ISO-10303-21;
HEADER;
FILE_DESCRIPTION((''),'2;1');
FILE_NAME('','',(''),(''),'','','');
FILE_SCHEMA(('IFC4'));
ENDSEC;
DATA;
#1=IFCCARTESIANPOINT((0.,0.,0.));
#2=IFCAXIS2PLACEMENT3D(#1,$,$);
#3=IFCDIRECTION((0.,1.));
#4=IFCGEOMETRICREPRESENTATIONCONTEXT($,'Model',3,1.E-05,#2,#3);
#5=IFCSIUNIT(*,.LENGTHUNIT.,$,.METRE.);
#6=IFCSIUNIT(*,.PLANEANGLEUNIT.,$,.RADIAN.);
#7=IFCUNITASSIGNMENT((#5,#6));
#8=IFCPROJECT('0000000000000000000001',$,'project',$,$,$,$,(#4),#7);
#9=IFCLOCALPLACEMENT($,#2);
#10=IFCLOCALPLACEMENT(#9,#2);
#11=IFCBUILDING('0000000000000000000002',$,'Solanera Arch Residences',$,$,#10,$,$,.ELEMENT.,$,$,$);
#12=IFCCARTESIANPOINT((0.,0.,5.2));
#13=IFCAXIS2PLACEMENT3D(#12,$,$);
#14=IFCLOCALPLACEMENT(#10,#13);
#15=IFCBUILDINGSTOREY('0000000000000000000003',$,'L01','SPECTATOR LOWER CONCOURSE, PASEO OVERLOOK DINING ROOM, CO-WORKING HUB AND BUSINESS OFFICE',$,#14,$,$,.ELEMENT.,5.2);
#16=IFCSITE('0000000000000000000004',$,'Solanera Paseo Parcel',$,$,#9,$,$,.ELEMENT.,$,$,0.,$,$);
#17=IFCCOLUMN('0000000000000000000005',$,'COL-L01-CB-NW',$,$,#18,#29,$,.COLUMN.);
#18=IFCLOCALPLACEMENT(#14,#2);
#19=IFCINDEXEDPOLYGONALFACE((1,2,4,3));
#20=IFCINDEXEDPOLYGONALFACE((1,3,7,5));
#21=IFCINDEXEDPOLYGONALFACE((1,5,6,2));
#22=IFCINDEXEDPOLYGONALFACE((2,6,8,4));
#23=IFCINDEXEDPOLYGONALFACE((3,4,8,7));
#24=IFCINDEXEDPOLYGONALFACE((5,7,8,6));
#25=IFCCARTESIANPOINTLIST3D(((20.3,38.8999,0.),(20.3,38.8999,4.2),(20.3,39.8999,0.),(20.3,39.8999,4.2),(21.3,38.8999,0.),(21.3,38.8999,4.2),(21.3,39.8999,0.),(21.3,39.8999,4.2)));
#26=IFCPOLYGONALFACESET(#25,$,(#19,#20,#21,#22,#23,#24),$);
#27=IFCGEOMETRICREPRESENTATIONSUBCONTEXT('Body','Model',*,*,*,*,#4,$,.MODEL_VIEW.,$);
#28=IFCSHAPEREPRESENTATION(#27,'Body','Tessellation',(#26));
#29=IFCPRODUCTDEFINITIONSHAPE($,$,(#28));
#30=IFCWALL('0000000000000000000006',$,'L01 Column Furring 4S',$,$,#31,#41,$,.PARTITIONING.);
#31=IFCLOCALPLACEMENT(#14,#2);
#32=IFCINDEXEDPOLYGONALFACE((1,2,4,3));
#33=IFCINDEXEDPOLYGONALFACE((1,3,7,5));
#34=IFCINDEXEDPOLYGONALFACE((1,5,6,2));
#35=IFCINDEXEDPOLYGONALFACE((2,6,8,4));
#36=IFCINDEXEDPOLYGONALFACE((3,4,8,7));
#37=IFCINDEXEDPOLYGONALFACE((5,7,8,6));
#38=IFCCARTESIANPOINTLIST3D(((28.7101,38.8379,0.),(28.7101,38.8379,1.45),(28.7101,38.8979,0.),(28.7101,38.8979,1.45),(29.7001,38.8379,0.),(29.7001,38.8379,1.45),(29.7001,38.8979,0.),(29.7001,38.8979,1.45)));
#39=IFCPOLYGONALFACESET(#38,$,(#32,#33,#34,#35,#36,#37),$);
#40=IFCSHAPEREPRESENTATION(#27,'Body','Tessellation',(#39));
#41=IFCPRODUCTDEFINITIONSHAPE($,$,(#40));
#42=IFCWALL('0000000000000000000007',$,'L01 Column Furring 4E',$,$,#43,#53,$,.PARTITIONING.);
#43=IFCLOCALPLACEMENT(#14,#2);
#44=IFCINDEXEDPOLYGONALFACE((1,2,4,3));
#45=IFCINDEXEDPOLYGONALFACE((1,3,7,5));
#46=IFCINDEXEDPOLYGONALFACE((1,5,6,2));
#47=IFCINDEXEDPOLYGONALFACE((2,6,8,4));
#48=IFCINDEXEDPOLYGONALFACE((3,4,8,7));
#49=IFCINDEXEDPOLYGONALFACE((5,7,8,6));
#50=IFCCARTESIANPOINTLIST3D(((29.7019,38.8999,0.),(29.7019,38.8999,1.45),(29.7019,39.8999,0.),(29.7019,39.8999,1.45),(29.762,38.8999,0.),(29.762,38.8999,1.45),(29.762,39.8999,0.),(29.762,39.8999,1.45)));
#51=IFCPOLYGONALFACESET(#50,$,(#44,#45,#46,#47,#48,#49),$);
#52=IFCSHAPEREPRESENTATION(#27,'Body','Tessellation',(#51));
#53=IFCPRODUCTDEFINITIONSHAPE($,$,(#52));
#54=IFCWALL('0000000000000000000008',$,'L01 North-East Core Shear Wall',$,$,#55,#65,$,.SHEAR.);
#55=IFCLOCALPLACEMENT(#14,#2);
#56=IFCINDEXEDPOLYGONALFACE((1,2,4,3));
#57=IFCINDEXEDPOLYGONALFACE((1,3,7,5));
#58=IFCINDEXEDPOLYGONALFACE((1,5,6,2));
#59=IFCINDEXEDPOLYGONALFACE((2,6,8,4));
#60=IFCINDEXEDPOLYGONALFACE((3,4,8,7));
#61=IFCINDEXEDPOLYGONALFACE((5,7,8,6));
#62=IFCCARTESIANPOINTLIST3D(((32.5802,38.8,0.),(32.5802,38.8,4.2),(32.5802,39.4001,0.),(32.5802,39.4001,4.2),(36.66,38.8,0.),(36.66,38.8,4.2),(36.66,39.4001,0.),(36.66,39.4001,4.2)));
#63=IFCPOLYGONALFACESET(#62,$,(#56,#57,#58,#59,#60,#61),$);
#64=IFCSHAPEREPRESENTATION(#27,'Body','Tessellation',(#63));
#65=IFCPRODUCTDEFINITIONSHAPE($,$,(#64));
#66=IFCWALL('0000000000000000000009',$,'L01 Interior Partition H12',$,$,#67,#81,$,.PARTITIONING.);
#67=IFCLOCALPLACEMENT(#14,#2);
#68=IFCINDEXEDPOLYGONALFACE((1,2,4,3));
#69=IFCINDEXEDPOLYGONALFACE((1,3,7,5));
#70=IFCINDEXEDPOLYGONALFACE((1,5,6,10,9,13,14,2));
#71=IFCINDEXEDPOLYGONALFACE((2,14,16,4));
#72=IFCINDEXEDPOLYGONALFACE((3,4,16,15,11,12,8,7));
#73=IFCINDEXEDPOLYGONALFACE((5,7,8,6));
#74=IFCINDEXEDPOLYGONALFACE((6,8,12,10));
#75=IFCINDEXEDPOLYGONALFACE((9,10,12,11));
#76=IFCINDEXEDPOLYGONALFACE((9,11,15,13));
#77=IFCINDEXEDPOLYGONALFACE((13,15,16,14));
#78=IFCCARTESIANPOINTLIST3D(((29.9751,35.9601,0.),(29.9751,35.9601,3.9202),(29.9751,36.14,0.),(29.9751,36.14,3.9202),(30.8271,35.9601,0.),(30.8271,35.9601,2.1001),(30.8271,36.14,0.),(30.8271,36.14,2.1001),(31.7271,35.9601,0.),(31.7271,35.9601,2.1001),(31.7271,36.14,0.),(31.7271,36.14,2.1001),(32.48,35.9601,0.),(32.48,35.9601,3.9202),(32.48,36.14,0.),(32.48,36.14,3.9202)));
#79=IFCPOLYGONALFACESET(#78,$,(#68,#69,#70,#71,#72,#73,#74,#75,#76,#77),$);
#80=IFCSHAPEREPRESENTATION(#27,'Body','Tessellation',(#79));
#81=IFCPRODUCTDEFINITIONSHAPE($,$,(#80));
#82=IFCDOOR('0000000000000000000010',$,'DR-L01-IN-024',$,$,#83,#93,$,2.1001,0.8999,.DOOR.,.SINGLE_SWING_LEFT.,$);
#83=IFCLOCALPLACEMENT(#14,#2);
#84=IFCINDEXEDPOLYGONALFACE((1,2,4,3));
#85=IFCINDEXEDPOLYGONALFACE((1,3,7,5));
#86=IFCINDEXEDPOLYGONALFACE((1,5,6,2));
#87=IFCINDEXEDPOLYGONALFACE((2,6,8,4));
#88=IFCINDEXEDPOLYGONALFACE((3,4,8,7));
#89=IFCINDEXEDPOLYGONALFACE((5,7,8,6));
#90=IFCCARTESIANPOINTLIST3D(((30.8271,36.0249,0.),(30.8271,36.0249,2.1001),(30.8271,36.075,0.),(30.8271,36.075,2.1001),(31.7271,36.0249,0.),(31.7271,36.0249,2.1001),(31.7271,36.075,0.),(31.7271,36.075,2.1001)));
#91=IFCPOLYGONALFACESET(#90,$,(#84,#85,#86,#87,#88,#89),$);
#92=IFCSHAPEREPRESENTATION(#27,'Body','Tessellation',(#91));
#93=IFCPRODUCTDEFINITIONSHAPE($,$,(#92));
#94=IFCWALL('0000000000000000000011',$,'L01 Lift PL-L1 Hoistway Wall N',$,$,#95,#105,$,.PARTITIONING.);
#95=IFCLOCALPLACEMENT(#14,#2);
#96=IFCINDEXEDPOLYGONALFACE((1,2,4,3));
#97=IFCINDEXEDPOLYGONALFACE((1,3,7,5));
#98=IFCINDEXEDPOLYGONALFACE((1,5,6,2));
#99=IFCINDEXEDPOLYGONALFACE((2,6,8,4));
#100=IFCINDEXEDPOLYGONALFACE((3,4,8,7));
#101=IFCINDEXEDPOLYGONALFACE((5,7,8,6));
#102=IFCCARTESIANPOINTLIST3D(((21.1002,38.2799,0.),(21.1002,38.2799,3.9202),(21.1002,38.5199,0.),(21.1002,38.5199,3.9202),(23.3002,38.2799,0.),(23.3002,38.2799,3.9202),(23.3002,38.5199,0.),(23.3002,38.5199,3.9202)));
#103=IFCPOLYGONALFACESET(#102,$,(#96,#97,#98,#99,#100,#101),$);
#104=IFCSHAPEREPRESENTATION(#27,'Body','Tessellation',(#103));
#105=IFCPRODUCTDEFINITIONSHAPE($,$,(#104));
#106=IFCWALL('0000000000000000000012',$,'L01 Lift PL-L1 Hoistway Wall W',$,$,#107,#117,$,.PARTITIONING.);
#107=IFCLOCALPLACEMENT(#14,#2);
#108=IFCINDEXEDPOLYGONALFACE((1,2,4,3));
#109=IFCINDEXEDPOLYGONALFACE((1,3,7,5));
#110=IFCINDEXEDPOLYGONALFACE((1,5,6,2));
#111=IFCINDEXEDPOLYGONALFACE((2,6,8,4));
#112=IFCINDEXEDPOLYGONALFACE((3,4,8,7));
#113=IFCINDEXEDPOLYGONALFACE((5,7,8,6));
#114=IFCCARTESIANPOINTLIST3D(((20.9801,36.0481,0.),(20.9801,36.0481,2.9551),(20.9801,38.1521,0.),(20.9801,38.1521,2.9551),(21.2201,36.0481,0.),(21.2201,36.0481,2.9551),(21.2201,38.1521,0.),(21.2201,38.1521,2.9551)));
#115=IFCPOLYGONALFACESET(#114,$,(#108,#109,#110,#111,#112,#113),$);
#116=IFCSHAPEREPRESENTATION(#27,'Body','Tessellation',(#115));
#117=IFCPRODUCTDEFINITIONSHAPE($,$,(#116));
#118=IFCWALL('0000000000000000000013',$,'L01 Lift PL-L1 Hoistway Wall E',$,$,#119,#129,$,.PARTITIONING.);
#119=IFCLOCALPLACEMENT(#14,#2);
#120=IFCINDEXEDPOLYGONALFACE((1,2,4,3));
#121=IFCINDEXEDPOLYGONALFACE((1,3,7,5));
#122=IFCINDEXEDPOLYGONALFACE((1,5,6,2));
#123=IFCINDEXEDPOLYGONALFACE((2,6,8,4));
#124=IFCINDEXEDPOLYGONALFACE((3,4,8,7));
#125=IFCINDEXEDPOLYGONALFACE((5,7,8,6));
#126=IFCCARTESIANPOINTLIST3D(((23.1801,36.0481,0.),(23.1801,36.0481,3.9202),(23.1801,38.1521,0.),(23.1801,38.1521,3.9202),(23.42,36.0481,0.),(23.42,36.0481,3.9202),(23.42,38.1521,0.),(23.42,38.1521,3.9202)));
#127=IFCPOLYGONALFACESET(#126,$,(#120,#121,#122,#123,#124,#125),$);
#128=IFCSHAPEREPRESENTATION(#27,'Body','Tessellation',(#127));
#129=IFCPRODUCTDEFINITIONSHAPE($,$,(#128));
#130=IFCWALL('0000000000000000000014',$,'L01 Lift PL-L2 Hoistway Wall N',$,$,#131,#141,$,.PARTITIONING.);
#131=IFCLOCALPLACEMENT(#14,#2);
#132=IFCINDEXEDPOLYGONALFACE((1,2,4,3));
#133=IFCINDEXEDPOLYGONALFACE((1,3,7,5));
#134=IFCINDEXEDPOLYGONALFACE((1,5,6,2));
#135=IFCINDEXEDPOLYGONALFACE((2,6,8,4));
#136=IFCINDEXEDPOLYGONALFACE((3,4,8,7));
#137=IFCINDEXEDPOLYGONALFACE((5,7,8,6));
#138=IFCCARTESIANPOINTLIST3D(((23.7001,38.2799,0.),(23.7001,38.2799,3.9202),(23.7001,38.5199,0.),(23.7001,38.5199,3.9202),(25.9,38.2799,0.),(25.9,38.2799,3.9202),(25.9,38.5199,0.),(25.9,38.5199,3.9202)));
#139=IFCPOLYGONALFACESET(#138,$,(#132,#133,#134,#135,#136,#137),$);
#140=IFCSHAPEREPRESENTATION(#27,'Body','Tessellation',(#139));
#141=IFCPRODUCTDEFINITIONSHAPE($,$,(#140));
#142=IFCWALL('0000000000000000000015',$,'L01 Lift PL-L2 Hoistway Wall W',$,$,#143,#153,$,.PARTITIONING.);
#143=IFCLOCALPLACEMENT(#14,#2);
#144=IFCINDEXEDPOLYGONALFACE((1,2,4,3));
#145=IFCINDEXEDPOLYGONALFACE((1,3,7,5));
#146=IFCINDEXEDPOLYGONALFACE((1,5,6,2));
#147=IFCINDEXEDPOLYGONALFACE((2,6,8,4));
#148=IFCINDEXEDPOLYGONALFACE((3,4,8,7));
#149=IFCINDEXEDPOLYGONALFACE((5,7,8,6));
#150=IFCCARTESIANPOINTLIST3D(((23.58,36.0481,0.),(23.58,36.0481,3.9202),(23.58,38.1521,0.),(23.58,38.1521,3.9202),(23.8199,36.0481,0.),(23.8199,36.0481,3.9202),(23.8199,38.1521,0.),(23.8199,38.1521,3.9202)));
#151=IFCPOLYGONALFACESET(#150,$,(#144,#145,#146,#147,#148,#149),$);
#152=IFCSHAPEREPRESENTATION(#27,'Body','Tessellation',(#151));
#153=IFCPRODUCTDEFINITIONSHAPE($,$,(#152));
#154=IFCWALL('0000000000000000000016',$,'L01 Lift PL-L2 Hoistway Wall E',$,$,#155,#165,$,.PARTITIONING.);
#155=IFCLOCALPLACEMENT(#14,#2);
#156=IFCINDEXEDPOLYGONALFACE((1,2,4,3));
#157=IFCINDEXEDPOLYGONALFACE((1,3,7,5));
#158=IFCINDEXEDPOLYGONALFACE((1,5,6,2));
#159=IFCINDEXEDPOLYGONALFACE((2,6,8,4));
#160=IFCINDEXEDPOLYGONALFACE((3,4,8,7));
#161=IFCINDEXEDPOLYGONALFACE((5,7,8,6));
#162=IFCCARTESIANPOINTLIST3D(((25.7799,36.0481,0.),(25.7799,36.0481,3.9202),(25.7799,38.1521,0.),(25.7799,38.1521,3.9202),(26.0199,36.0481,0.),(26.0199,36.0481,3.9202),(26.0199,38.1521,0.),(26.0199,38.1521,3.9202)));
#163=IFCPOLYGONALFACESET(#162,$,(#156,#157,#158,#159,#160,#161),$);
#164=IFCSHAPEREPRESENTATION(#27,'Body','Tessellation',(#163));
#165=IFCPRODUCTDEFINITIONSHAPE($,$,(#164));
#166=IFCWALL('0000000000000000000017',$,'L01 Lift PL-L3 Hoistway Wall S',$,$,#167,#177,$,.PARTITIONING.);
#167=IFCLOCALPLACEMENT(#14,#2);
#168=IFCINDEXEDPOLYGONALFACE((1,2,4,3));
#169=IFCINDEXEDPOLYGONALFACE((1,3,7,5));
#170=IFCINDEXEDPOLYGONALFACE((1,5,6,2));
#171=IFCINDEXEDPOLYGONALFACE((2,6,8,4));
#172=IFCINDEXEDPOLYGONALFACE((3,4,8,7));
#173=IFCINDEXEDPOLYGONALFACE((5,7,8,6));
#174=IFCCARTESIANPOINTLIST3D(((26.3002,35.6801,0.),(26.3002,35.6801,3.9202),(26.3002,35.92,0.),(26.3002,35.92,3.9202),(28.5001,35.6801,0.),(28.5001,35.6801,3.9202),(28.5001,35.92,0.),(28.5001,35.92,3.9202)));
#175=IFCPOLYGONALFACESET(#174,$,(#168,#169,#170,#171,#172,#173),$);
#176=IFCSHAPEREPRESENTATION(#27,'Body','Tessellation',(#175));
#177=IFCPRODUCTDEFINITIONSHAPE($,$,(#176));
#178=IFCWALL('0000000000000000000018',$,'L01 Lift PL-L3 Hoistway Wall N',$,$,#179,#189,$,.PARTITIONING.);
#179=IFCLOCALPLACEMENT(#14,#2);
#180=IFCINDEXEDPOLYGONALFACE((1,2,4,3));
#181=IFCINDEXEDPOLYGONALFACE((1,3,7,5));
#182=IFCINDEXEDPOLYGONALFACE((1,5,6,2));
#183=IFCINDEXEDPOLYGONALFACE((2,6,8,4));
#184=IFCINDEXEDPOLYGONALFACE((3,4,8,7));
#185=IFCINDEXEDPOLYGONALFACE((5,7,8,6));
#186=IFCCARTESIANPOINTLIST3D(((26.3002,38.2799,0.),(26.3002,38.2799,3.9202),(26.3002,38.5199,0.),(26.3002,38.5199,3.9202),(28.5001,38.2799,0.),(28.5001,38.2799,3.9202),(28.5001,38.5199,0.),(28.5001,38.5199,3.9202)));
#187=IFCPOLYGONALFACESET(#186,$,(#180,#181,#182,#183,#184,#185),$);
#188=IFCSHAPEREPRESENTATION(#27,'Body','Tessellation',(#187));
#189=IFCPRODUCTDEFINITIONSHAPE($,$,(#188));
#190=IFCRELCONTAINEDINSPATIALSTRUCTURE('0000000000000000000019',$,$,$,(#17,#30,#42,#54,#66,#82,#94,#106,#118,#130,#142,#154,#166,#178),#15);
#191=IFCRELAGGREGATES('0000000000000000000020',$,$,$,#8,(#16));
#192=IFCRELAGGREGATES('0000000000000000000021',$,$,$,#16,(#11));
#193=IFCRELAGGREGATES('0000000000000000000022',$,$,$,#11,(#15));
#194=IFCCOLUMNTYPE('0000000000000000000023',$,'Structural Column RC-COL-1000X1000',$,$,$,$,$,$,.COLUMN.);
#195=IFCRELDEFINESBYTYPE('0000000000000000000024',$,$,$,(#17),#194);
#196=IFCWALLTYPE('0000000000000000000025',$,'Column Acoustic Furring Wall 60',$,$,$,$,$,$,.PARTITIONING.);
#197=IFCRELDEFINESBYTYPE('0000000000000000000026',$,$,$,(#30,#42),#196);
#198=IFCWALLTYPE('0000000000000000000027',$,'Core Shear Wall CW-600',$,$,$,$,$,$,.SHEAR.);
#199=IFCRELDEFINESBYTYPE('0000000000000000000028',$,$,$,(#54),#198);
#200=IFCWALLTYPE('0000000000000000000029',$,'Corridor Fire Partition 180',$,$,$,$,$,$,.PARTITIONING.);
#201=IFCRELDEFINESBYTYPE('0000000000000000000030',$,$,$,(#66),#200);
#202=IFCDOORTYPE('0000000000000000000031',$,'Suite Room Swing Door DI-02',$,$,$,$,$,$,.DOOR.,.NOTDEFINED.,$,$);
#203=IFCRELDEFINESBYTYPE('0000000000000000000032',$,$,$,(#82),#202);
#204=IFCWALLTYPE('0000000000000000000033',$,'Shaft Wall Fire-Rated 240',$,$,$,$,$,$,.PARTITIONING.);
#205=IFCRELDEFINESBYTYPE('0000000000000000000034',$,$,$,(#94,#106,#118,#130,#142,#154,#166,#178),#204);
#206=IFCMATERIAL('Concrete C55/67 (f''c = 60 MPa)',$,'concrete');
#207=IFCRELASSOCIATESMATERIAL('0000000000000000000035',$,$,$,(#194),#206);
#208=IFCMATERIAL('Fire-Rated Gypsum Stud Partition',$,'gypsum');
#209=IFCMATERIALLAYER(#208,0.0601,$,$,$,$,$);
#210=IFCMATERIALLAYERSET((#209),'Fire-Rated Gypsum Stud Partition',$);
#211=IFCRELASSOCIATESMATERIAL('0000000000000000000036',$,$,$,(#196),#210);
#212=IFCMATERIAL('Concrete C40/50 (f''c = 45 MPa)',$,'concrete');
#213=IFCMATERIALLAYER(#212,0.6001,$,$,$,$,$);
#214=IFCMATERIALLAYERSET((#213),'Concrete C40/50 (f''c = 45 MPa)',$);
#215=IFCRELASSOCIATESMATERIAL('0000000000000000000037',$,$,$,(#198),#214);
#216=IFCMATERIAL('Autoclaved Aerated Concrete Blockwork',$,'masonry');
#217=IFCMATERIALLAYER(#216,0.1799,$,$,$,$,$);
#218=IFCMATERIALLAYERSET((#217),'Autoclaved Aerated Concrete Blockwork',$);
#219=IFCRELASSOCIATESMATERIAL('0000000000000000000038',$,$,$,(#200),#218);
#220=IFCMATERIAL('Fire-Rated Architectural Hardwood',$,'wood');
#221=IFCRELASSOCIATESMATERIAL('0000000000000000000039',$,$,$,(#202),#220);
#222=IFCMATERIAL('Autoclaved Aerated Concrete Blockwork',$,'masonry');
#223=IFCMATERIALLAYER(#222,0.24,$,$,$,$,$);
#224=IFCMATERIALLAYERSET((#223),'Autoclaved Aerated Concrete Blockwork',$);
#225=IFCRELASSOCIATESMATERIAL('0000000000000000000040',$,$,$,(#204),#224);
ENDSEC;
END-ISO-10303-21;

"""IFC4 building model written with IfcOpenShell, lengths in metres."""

from ifc_helpers import new_model, si_unit, direction, frame, frame_2d, origin, origin_2d, place, context, subcontext, project, spatial, rectangle, extrude, material, layer, layer_set, material_profile, profile_set, type_object, element, fill, save


model = new_model("IFC4")

# Units and contexts
model_context = context("Model", 3, precision=1e-05, world=origin(), true_north=direction((0.0, 1.0)))
body_context = subcontext(model_context, "Body", "Model", "MODEL_VIEW")
ifc_project = project(units=[si_unit("LENGTHUNIT", "METRE"), si_unit("PLANEANGLEUNIT", "RADIAN")], contexts=[model_context])

# Site, building, storey
site_placement = place(None, origin())
site = spatial("IfcSite", under=ifc_project, at=site_placement, Name="Solanera Paseo Parcel", CompositionType="ELEMENT", RefElevation=0.0)
building_placement = place(site_placement, origin())
building = spatial("IfcBuilding", under=site, at=building_placement, Name="Solanera Arch Residences", CompositionType="ELEMENT")
storey_placement = place(building_placement, frame((0.0, 0.0, 5.2)))
storey = spatial("IfcBuildingStorey", under=building, at=storey_placement, Name="L01", Description="SPECTATOR LOWER CONCOURSE, PASEO OVERLOOK DINING ROOM, CO-WORKING HUB AND BUSINESS OFFICE", CompositionType="ELEMENT", Elevation=5.2)

# Column
ifc_material_1 = material(Name="Concrete C55/67 (f'c = 60 MPa)", Category="concrete")
ifc_material_profile = material_profile(ifc_material_1, rectangle(XDim=1.0, YDim=1.0, at=origin_2d()))
ifc_profile_set = profile_set([ifc_material_profile], Name="Concrete C55/67 (f'c = 60 MPa)")
column_type = type_object("IfcColumnType", Name="Structural Column RC-COL-1000X1000", PredefinedType="COLUMN", material=ifc_profile_set)
column_placement = place(storey_placement, frame((20.8, 39.3999, 0.0), z_axis=(0.0, 0.0, 1.0), x_axis=(1.0, 0.0, 0.0)))
element("IfcColumn", 1, at=column_placement, inside=storey, type_object=column_type, Name="COL-L01-CB-NW", PredefinedType="COLUMN", context=body_context, shape_type="SweptSolid", body=[
    extrude(rectangle(XDim=1.0, YDim=1.0, at=origin_2d()), origin(), (0.0, 0.0, 1.0), 4.2),
])

# Walls
ifc_material_2 = material(Name="Fire-Rated Gypsum Stud Partition", Category="gypsum")
ifc_layer_1 = layer(ifc_material_2, 0.0601)
ifc_layer_set_1 = layer_set([ifc_layer_1], Name="Fire-Rated Gypsum Stud Partition")
wall_type_1 = type_object("IfcWallType", Name="Column Acoustic Furring Wall 60", PredefinedType="PARTITIONING", material=ifc_layer_set_1)
wall_1_placement = place(storey_placement, frame((28.71, 38.8679, 0.0), z_axis=(0.0, 0.0, 1.0), x_axis=(1.0, 0.0, 0.0)))
element("IfcWall", 2, at=wall_1_placement, inside=storey, type_object=wall_type_1, Name="L01 Column Furring 4S", PredefinedType="PARTITIONING", context=body_context, shape_type="SweptSolid", body=[
    extrude(rectangle(XDim=0.99, YDim=0.0601, at=frame_2d((0.4951, 0.0))), origin(), (0.0, 0.0, 1.0), 1.45),
])
wall_2_placement = place(storey_placement, frame((29.7319, 38.8999, 0.0), z_axis=(0.0, 0.0, 1.0), x_axis=(0.0, 1.0, 0.0)))
element("IfcWall", 3, at=wall_2_placement, inside=storey, type_object=wall_type_1, Name="L01 Column Furring 4E", PredefinedType="PARTITIONING", context=body_context, shape_type="SweptSolid", body=[
    extrude(rectangle(XDim=1.0, YDim=0.0601, at=frame_2d((0.5, 0.0))), origin(), (0.0, 0.0, 1.0), 1.45),
])
ifc_material_3 = material(Name="Concrete C40/50 (f'c = 45 MPa)", Category="concrete")
ifc_layer_2 = layer(ifc_material_3, 0.6001)
ifc_layer_set_2 = layer_set([ifc_layer_2], Name="Concrete C40/50 (f'c = 45 MPa)")
wall_type_2 = type_object("IfcWallType", Name="Core Shear Wall CW-600", PredefinedType="SHEAR", material=ifc_layer_set_2)
wall_3_placement = place(storey_placement, frame((32.5801, 39.1001, 0.0), z_axis=(0.0, 0.0, 1.0), x_axis=(1.0, 0.0, 0.0)))
element("IfcWall", 4, at=wall_3_placement, inside=storey, type_object=wall_type_2, Name="L01 North-East Core Shear Wall", PredefinedType="SHEAR", context=body_context, shape_type="SweptSolid", body=[
    extrude(rectangle(XDim=4.0798, YDim=0.6001, at=frame_2d((2.04, 0.0))), origin(), (0.0, 0.0, 1.0), 4.2),
])

# Wall, opening, door
ifc_material_4 = material(Name="Autoclaved Aerated Concrete Blockwork", Category="masonry")
ifc_layer_3 = layer(ifc_material_4, 0.1799)
ifc_layer_set_3 = layer_set([ifc_layer_3], Name="Autoclaved Aerated Concrete Blockwork")
wall_type_3 = type_object("IfcWallType", Name="Corridor Fire Partition 180", PredefinedType="PARTITIONING", material=ifc_layer_set_3)
wall_4_placement = place(storey_placement, frame((29.9751, 36.05, 0.0), z_axis=(0.0, 0.0, 1.0), x_axis=(1.0, 0.0, 0.0)))
wall_4 = element("IfcWall", 5, at=wall_4_placement, inside=storey, type_object=wall_type_3, Name="L01 Interior Partition H12", PredefinedType="PARTITIONING", context=body_context, shape_type="SweptSolid", body=[
    extrude(rectangle(XDim=2.5049, YDim=0.1799, at=frame_2d((1.2524, 0.0))), origin(), (0.0, 0.0, 1.0), 3.9202),
])
opening_placement = place(wall_4_placement, frame((0.8521, 0.0, 0.0)))
opening = element("IfcOpeningElement", 6, at=opening_placement, cuts=wall_4, PredefinedType="OPENING", context=body_context, shape_type="SweptSolid", body=[
    extrude(rectangle(XDim=0.8999, YDim=2.1001, at=frame_2d((0.45, 1.05))), frame((0.0, 0.1001, 0.0), z_axis=(0.0, -1.0, 0.0), x_axis=(1.0, 0.0, 0.0)), (0.0, 0.0, 1.0), 0.1999),
])
ifc_material_5 = material(Name="Fire-Rated Architectural Hardwood", Category="wood")
door_type = type_object("IfcDoorType", Name="Suite Room Swing Door DI-02", OperationType="NOTDEFINED", PredefinedType="DOOR", material=ifc_material_5)
door_placement = place(opening_placement, origin())
door = element("IfcDoor", 7, at=door_placement, inside=storey, type_object=door_type, Name="DR-L01-IN-024", OperationType="SINGLE_SWING_LEFT", OverallHeight=2.1001, OverallWidth=0.8999, PredefinedType="DOOR", context=body_context, shape_type="SweptSolid", body=[
    extrude(rectangle(XDim=0.8999, YDim=2.1001, at=frame_2d((0.45, 1.05))), frame((0.0, 0.0249, 0.0), z_axis=(0.0, -1.0, 0.0), x_axis=(1.0, 0.0, 0.0)), (0.0, 0.0, 1.0), 0.05),
])
fill(opening, door)

# Walls
ifc_material_6 = material(Name="Autoclaved Aerated Concrete Blockwork", Category="masonry")
ifc_layer_4 = layer(ifc_material_6, 0.24)
ifc_layer_set_4 = layer_set([ifc_layer_4], Name="Autoclaved Aerated Concrete Blockwork")
wall_type_4 = type_object("IfcWallType", Name="Shaft Wall Fire-Rated 240", PredefinedType="PARTITIONING", material=ifc_layer_set_4)
wall_5_placement = place(storey_placement, frame((21.1001, 38.3999, 0.0), z_axis=(0.0, 0.0, 1.0), x_axis=(1.0, 0.0, 0.0)))
element("IfcWall", 8, at=wall_5_placement, inside=storey, type_object=wall_type_4, Name="L01 Lift PL-L1 Hoistway Wall N", PredefinedType="PARTITIONING", context=body_context, shape_type="SweptSolid", body=[
    extrude(rectangle(XDim=2.2, YDim=0.24, at=frame_2d((1.1001, 0.0))), origin(), (0.0, 0.0, 1.0), 3.9202),
])
wall_6_placement = place(storey_placement, frame((21.1001, 36.0481, 0.0), z_axis=(0.0, 0.0, 1.0), x_axis=(0.0, 1.0, 0.0)))
element("IfcWall", 9, at=wall_6_placement, inside=storey, type_object=wall_type_4, Name="L01 Lift PL-L1 Hoistway Wall W", PredefinedType="PARTITIONING", context=body_context, shape_type="SweptSolid", body=[
    extrude(rectangle(XDim=2.104, YDim=0.24, at=frame_2d((1.052, 0.0))), origin(), (0.0, 0.0, 1.0), 2.9551),
])
wall_7_placement = place(storey_placement, frame((23.3, 36.0481, 0.0), z_axis=(0.0, 0.0, 1.0), x_axis=(0.0, 1.0, 0.0)))
element("IfcWall", 10, at=wall_7_placement, inside=storey, type_object=wall_type_4, Name="L01 Lift PL-L1 Hoistway Wall E", PredefinedType="PARTITIONING", context=body_context, shape_type="SweptSolid", body=[
    extrude(rectangle(XDim=2.104, YDim=0.24, at=frame_2d((1.052, 0.0))), origin(), (0.0, 0.0, 1.0), 3.9202),
])
wall_8_placement = place(storey_placement, frame((23.7, 38.3999, 0.0), z_axis=(0.0, 0.0, 1.0), x_axis=(1.0, 0.0, 0.0)))
element("IfcWall", 11, at=wall_8_placement, inside=storey, type_object=wall_type_4, Name="L01 Lift PL-L2 Hoistway Wall N", PredefinedType="PARTITIONING", context=body_context, shape_type="SweptSolid", body=[
    extrude(rectangle(XDim=2.2, YDim=0.24, at=frame_2d((1.1001, 0.0))), origin(), (0.0, 0.0, 1.0), 3.9202),
])
for number, where, z_axis, x_axis, name in (
    (12, (23.7, 36.0481, 0.0), (0.0, 0.0, 1.0), (0.0, 1.0, 0.0), "L01 Lift PL-L2 Hoistway Wall W"),
    (13, (25.8999, 36.0481, 0.0), (0.0, 0.0, 1.0), (0.0, 1.0, 0.0), "L01 Lift PL-L2 Hoistway Wall E"),
):
    element("IfcWall", number, at=place(storey_placement, frame(where, z_axis=z_axis, x_axis=x_axis)), inside=storey, type_object=wall_type_4, Name=name, PredefinedType="PARTITIONING", context=body_context, shape_type="SweptSolid", body=[
        extrude(rectangle(XDim=2.104, YDim=0.24, at=frame_2d((1.052, 0.0))), origin(), (0.0, 0.0, 1.0), 3.9202),
    ])
for number, where, z_axis, x_axis, name in (
    (14, (26.3, 35.8, 0.0), (0.0, 0.0, 1.0), (1.0, 0.0, 0.0), "L01 Lift PL-L3 Hoistway Wall S"),
    (15, (26.3, 38.3999, 0.0), (0.0, 0.0, 1.0), (1.0, 0.0, 0.0), "L01 Lift PL-L3 Hoistway Wall N"),
):
    element("IfcWall", number, at=place(storey_placement, frame(where, z_axis=z_axis, x_axis=x_axis)), inside=storey, type_object=wall_type_4, Name=name, PredefinedType="PARTITIONING", context=body_context, shape_type="SweptSolid", body=[
        extrude(rectangle(XDim=2.2, YDim=0.24, at=frame_2d((1.1001, 0.0))), origin(), (0.0, 0.0, 1.0), 3.9202),
    ])

save(model, "model.ifc")
